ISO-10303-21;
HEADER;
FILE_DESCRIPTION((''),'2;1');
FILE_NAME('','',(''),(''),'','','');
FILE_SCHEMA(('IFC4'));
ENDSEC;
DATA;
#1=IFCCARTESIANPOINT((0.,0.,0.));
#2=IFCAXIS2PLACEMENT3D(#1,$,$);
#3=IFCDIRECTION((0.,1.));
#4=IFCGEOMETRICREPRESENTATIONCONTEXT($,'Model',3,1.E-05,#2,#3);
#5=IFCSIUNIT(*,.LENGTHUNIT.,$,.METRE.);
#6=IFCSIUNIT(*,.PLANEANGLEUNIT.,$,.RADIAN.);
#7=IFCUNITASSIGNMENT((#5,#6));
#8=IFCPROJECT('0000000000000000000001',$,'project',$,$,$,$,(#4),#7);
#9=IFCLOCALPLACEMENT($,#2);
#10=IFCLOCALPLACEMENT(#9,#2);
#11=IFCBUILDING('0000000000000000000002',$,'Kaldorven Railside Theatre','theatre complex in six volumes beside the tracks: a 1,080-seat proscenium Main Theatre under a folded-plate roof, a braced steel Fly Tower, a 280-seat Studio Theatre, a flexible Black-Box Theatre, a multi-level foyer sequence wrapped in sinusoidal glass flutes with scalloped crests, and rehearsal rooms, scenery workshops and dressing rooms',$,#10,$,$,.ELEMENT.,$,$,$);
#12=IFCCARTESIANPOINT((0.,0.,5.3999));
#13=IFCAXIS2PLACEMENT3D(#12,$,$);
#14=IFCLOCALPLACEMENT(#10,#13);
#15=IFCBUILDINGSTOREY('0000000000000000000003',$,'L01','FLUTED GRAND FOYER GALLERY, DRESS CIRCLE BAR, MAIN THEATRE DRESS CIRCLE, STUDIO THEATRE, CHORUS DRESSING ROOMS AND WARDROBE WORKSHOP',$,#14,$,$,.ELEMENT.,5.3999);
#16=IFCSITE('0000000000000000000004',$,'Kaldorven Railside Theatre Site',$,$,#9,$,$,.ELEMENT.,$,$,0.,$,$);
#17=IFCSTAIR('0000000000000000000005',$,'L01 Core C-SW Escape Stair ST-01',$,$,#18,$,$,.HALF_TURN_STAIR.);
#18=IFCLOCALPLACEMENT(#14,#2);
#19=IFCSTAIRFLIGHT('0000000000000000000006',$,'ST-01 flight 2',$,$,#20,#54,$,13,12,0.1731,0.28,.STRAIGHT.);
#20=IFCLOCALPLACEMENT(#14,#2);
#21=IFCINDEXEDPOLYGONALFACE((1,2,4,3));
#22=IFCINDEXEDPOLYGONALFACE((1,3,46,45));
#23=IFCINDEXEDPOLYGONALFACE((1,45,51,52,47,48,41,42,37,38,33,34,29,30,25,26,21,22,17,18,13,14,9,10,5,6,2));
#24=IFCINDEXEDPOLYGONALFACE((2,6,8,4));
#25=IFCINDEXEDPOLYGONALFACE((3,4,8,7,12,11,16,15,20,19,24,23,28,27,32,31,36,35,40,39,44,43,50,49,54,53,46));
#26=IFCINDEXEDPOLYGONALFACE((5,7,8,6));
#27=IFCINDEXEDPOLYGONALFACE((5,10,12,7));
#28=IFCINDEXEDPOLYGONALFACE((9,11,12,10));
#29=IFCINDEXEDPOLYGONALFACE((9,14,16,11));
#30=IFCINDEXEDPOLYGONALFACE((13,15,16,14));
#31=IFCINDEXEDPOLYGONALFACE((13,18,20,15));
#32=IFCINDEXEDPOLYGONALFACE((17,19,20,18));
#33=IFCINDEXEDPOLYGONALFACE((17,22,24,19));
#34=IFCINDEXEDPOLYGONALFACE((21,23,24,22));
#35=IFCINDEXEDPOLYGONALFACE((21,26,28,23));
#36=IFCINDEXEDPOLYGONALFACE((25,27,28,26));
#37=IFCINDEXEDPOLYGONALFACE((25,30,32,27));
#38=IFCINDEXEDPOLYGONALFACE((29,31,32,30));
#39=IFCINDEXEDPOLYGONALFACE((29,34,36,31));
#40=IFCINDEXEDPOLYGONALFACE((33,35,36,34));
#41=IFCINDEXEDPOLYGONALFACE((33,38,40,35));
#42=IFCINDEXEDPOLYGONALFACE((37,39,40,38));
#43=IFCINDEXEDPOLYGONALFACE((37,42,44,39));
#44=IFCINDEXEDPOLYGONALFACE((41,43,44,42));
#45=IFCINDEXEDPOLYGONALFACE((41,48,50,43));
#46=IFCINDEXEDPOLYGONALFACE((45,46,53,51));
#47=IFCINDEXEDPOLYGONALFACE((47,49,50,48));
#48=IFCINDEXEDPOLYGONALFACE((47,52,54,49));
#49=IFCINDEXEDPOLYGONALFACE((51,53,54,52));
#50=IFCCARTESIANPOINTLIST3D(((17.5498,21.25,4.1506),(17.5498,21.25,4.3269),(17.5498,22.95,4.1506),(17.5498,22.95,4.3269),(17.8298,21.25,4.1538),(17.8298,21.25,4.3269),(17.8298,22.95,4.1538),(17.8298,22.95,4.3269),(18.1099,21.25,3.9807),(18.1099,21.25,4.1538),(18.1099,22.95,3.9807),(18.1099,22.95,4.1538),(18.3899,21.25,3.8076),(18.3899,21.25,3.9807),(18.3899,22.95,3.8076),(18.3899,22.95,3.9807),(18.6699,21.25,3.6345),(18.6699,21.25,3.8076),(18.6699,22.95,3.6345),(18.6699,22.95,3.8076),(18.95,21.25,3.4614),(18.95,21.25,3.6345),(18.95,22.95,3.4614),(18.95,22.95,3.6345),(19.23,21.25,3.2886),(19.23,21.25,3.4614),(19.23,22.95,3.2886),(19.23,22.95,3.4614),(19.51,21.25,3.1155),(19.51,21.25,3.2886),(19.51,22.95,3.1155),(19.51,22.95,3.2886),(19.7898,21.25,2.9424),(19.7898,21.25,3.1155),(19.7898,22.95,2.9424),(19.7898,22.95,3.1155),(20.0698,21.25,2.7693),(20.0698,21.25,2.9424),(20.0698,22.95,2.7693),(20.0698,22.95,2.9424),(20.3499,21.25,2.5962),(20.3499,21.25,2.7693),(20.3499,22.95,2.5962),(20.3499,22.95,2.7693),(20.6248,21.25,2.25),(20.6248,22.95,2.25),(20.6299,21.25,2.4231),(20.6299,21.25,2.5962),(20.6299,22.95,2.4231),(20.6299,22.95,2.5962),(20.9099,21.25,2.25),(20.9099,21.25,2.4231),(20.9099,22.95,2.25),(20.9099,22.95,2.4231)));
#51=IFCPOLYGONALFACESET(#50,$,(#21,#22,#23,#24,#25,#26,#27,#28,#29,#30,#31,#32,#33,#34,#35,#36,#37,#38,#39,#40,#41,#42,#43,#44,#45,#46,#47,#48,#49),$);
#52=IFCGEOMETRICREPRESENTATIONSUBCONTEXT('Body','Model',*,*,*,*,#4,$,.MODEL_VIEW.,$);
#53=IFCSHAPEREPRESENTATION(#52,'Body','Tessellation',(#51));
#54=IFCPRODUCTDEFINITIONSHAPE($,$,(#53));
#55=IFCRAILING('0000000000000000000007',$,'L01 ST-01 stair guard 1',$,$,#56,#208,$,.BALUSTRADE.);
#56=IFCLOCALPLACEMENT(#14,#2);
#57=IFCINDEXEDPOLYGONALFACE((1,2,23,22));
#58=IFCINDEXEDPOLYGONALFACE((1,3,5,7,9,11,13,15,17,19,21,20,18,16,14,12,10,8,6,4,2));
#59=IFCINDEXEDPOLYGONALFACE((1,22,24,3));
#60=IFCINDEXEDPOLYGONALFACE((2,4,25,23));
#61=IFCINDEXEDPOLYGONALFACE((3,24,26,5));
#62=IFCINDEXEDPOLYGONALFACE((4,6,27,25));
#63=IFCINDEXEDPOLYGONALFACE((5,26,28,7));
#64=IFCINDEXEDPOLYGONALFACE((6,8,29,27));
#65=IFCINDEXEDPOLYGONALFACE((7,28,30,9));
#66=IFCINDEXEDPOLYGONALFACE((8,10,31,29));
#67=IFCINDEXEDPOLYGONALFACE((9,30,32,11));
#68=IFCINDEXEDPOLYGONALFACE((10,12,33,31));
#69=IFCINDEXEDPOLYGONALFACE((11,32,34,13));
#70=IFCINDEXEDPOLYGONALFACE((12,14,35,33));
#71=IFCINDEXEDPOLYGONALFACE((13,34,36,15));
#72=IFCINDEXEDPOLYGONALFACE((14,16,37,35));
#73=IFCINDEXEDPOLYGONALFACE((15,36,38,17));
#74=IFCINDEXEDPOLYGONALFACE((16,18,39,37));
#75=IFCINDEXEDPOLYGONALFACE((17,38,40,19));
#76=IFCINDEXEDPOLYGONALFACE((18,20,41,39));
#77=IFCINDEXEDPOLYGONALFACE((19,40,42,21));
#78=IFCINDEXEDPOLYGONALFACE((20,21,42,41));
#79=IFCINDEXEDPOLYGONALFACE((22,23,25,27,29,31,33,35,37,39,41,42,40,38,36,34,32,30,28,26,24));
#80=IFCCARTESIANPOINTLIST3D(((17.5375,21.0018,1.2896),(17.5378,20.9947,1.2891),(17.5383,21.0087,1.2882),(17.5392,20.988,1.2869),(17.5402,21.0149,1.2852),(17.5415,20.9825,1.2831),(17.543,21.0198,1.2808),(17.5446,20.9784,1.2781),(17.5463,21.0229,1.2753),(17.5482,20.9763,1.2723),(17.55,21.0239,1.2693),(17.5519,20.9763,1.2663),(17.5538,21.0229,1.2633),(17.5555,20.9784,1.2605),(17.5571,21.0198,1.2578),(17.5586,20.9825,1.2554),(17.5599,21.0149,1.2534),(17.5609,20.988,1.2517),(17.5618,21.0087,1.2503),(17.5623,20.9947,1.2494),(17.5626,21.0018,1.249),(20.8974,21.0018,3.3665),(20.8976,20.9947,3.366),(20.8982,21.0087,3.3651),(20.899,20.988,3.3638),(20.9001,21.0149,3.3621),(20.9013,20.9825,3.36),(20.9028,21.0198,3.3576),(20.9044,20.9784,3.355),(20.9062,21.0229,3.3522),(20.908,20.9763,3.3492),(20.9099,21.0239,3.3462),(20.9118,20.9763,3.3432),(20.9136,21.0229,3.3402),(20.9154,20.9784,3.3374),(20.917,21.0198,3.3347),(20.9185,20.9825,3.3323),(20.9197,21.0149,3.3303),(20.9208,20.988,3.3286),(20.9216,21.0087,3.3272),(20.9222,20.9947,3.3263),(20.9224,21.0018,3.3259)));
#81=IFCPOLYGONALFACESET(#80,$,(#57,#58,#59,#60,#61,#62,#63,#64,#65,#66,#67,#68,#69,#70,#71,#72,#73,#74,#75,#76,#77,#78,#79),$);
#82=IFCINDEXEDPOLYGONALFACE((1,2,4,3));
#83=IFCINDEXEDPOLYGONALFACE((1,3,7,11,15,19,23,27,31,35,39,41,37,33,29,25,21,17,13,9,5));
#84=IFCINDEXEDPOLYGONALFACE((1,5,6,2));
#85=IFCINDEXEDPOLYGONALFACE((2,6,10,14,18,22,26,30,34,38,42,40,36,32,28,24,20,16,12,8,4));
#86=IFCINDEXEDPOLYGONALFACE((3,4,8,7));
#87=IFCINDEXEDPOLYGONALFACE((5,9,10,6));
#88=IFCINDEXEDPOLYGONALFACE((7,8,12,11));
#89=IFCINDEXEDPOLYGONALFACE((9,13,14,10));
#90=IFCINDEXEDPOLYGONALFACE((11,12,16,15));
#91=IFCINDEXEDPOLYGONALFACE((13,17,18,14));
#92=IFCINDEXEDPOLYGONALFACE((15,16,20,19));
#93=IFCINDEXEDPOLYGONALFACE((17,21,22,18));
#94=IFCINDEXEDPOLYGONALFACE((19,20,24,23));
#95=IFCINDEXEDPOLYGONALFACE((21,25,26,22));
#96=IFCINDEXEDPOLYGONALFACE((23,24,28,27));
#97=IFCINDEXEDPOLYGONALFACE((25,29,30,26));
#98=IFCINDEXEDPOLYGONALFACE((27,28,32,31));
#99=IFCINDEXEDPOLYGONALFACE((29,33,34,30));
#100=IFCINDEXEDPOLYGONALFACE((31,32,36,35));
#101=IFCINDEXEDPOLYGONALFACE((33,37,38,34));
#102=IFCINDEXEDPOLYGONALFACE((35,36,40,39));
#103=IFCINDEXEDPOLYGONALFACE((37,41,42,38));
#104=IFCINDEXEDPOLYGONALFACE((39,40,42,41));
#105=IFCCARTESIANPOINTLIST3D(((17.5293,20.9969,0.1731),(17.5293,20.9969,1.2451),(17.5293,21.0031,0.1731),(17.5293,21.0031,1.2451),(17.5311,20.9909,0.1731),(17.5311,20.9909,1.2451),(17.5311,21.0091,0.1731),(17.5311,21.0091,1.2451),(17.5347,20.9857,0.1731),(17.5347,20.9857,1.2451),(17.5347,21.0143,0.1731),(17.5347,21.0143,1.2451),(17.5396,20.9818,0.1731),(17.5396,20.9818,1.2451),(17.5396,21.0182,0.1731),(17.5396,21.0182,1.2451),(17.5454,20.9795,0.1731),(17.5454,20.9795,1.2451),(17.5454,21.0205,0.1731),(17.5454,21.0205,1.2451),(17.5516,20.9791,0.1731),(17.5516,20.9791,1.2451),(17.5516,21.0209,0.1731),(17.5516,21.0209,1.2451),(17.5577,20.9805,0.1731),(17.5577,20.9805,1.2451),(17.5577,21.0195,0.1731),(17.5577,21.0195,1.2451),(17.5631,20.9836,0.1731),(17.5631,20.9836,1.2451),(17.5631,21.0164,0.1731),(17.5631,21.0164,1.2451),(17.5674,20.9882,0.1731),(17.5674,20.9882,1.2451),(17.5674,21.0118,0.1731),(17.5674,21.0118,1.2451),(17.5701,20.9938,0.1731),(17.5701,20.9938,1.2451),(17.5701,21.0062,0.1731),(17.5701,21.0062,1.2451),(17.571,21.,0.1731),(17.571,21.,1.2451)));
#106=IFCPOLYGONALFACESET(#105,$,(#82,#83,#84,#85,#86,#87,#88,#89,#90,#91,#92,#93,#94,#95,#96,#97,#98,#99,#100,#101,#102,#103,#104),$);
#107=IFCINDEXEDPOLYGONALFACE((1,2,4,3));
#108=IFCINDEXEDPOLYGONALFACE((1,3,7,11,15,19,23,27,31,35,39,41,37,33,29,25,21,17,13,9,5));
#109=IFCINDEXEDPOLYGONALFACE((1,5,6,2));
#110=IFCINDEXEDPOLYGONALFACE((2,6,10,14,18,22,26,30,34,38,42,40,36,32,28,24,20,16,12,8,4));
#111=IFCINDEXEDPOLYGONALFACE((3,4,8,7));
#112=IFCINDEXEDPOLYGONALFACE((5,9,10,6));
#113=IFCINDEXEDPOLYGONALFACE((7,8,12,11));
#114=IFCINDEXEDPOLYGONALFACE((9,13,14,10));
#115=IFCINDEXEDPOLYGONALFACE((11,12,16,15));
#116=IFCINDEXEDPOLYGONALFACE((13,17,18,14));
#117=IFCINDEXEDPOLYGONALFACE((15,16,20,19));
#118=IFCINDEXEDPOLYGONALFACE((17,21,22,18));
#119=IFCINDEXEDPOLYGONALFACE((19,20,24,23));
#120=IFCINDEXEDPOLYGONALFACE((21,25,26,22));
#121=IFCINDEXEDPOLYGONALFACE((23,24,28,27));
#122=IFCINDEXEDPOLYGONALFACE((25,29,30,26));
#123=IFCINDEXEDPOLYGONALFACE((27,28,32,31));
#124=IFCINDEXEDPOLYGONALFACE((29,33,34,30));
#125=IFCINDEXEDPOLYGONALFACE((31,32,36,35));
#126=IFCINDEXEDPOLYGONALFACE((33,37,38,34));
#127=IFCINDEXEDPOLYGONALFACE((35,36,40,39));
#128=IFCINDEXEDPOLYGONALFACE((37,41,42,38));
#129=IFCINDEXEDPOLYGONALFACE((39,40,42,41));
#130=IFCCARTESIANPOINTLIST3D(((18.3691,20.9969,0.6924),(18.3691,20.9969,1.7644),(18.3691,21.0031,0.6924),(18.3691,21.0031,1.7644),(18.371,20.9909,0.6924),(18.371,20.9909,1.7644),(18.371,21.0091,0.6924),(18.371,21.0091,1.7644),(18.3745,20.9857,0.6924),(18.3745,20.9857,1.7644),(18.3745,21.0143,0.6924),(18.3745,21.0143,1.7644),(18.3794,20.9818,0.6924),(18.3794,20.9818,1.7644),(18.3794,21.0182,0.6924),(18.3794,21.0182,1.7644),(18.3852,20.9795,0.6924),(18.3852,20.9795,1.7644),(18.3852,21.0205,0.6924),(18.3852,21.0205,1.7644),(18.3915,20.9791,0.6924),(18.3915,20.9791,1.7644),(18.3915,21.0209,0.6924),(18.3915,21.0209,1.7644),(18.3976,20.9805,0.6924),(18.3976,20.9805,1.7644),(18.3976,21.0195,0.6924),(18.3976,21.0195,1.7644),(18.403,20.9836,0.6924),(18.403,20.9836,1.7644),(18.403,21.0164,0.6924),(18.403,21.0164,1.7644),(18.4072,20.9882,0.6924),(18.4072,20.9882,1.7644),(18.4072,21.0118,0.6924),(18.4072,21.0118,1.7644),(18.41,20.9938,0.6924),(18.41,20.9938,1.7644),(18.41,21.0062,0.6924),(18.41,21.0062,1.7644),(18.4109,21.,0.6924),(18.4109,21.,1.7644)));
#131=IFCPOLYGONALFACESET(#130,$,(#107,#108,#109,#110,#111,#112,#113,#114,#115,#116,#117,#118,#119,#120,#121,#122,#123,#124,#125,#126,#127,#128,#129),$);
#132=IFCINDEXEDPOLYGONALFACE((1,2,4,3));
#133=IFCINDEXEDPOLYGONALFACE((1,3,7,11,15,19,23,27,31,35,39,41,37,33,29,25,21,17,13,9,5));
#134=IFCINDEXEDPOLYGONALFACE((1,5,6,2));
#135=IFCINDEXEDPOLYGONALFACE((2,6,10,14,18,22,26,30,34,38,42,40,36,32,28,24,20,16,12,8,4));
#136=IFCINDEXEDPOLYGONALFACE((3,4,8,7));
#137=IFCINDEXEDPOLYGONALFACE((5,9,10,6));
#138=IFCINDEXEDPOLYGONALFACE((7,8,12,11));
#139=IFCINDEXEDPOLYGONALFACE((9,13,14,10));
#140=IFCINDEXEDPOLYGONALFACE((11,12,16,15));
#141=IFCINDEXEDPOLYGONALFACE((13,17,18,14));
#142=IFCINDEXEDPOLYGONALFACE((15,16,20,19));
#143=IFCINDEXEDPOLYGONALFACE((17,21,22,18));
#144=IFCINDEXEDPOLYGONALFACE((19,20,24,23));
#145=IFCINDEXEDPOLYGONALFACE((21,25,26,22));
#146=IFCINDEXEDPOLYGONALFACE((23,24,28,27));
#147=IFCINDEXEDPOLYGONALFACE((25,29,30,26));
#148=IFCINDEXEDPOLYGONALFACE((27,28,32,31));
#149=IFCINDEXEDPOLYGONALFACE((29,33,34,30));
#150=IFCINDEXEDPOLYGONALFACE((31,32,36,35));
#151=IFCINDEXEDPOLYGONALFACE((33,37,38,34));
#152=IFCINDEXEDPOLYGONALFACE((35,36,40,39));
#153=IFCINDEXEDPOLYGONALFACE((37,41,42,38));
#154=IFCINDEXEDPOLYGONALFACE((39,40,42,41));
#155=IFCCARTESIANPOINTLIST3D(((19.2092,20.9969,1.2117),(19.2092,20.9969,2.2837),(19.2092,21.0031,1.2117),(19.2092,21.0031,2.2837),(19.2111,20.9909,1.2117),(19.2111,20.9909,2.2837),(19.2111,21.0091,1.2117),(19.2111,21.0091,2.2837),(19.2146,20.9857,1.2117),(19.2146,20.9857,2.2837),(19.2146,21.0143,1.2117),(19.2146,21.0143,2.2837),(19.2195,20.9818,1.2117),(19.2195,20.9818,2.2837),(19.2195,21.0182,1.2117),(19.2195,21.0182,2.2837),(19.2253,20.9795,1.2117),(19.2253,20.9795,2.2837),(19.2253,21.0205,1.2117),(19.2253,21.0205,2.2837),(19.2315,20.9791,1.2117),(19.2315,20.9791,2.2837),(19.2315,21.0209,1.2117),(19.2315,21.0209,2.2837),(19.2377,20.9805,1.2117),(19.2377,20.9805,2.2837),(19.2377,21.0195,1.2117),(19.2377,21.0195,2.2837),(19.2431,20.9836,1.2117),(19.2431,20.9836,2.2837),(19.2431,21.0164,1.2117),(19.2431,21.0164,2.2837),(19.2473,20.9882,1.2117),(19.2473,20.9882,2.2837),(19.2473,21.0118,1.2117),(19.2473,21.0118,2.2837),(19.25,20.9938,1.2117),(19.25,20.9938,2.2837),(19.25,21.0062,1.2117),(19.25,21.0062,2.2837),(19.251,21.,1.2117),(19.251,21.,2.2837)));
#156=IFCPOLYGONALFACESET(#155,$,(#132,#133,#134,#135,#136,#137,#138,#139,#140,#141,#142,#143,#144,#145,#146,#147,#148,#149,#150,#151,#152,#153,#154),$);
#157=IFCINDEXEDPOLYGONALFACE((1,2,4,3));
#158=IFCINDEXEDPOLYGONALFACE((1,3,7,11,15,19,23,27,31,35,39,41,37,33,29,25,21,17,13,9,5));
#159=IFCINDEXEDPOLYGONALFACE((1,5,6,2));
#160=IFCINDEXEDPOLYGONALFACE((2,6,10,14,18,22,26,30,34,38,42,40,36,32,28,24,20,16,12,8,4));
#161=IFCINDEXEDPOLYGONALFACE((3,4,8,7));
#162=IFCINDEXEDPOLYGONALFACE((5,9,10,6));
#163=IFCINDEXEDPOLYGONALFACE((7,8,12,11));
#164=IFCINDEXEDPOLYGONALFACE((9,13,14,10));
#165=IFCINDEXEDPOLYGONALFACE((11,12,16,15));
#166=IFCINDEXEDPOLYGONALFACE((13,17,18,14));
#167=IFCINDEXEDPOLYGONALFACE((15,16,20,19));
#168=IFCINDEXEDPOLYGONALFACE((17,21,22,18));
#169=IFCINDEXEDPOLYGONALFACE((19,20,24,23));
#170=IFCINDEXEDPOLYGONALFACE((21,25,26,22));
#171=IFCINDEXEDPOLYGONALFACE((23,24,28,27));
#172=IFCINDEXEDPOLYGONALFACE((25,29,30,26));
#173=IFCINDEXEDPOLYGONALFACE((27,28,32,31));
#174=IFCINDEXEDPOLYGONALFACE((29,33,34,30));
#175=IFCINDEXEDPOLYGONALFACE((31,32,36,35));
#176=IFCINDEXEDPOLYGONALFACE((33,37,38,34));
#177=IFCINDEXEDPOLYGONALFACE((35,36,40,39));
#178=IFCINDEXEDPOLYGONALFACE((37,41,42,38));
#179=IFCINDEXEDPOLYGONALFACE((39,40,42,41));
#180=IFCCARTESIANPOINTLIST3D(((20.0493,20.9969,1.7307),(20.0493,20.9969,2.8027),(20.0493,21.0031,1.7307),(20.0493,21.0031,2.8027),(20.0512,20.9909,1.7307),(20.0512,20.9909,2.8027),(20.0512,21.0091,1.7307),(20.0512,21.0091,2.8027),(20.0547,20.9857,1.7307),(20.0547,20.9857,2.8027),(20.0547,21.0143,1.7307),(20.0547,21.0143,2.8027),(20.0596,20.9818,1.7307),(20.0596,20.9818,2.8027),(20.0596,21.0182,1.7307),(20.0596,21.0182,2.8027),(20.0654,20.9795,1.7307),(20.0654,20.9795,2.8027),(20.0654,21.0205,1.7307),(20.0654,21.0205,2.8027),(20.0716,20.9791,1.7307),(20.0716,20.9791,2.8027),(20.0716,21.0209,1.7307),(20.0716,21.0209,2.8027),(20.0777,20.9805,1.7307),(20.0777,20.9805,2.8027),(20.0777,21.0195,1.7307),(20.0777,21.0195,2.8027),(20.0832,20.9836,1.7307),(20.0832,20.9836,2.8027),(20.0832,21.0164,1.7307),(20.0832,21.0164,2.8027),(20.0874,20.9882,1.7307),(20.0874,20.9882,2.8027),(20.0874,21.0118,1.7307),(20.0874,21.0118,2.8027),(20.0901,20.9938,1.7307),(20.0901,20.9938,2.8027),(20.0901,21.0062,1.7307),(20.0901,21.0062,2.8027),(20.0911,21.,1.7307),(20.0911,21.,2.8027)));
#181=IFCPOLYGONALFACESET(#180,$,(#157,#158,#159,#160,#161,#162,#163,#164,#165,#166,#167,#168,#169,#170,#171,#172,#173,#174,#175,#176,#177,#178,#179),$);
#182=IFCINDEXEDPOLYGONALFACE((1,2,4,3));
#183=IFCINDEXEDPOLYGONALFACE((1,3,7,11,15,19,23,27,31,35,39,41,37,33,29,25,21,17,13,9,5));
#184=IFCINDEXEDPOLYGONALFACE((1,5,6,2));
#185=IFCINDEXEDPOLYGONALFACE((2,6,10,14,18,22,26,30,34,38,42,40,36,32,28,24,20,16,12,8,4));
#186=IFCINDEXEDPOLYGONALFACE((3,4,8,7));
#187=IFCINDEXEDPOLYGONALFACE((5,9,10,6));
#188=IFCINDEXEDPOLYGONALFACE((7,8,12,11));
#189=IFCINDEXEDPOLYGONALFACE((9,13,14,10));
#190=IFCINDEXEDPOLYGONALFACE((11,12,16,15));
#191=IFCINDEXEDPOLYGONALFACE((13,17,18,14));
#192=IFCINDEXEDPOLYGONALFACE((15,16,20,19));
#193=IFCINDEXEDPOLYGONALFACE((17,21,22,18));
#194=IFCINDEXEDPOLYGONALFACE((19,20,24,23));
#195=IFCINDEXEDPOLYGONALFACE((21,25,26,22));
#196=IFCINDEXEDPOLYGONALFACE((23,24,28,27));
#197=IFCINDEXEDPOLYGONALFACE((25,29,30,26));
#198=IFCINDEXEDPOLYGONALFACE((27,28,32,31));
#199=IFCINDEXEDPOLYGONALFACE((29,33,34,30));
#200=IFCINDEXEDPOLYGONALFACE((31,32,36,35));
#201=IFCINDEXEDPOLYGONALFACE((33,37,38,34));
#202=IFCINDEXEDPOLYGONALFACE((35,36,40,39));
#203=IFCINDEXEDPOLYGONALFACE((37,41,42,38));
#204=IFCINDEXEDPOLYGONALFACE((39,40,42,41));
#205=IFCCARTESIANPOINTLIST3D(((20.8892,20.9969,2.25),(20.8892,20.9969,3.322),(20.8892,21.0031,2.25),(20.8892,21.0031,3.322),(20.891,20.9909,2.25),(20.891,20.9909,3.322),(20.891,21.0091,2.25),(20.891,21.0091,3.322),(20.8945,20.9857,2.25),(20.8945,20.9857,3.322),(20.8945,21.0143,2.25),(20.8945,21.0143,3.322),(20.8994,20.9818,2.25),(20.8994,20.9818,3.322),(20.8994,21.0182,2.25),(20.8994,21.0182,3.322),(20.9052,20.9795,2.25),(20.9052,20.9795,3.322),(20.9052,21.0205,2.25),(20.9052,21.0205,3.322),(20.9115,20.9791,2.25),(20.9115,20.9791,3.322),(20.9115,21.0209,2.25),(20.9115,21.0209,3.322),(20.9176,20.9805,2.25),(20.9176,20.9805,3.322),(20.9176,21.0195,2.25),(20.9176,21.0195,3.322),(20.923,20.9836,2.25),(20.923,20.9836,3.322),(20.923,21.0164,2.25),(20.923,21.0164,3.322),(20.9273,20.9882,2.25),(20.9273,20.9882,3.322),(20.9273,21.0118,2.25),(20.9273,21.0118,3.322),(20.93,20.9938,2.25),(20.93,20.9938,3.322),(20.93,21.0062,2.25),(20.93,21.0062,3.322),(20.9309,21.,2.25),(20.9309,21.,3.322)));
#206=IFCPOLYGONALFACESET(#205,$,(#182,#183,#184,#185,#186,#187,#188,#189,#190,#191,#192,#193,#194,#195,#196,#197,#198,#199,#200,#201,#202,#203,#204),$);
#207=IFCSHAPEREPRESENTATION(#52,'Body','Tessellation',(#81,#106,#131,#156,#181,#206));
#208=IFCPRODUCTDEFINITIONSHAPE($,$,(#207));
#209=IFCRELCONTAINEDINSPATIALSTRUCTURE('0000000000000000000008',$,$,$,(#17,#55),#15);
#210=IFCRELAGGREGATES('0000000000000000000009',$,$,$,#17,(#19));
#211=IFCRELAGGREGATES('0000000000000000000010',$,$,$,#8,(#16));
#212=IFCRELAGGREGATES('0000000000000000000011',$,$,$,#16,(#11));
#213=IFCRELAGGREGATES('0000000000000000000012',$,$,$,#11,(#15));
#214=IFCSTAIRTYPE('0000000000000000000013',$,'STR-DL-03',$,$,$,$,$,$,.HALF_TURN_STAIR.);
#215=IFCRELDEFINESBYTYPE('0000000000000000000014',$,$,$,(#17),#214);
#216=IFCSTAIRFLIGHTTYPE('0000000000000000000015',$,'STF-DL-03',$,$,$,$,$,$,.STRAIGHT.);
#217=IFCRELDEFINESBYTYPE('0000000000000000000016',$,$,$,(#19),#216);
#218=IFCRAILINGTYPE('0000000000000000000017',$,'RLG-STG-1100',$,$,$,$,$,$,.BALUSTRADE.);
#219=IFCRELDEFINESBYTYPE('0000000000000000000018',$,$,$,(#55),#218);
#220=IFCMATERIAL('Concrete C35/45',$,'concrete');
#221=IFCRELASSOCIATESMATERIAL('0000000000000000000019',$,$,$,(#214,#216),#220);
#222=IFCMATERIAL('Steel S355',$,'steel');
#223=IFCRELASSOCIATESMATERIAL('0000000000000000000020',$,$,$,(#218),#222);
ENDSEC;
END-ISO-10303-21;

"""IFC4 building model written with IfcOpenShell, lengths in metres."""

from ifc_helpers import new_model, si_unit, direction, frame, origin, origin_2d, place, context, subcontext, project, spatial, polyline, circle, outline, extrude, material, type_object, element, aggregate, save


model = new_model("IFC4")

# Units and contexts
model_context = context("Model", 3, precision=1e-05, world=origin(), true_north=direction((0.0, 1.0)))
body_context = subcontext(model_context, "Body", "Model", "MODEL_VIEW")
ifc_project = project(units=[si_unit("LENGTHUNIT", "METRE"), si_unit("PLANEANGLEUNIT", "RADIAN")], contexts=[model_context])

# Site, building, storey
site_placement = place(None, origin())
site = spatial("IfcSite", under=ifc_project, at=site_placement, Name="Kaldorven Railside Theatre Site", CompositionType="ELEMENT", RefElevation=0.0)
building_placement = place(site_placement, origin())
building = spatial("IfcBuilding", under=site, at=building_placement, Name="Kaldorven Railside Theatre", Description="theatre complex in six volumes beside the tracks: a 1,080-seat proscenium Main Theatre under a folded-plate roof, a braced steel Fly Tower, a 280-seat Studio Theatre, a flexible Black-Box Theatre, a multi-level foyer sequence wrapped in sinusoidal glass flutes with scalloped crests, and rehearsal rooms, scenery workshops and dressing rooms", CompositionType="ELEMENT")
storey_placement = place(building_placement, frame((0.0, 0.0, 5.3999)))
storey = spatial("IfcBuildingStorey", under=building, at=storey_placement, Name="L01", Description="FLUTED GRAND FOYER GALLERY, DRESS CIRCLE BAR, MAIN THEATRE DRESS CIRCLE, STUDIO THEATRE, CHORUS DRESSING ROOMS AND WARDROBE WORKSHOP", CompositionType="ELEMENT", Elevation=5.3999)

# Shared definitions
ifc_material_1 = material(Name="Steel S355", Category="steel")

# Stair, stair flight
ifc_material_2 = material(Name="Concrete C35/45", Category="concrete")
stair_type = type_object("IfcStairType", Name="STR-DL-03", PredefinedType="HALF_TURN_STAIR", material=ifc_material_2)
stair_placement = place(storey_placement, origin())
stair = element("IfcStair", 1, at=stair_placement, inside=storey, type_object=stair_type, Name="L01 Core C-SW Escape Stair ST-01", PredefinedType="HALF_TURN_STAIR")
stair_flight_type = type_object("IfcStairFlightType", Name="STF-DL-03", PredefinedType="STRAIGHT", material=ifc_material_2)
stair_flight_1_placement = place(storey_placement, frame((20.9099, 22.1001, 2.25), z_axis=(0.0, 0.0, 1.0), x_axis=(-1.0, 0.0, 0.0)))
stair_flight_1 = element("IfcStairFlight", 2, at=stair_flight_1_placement, type_object=stair_flight_type, Name="ST-01 flight 2", NumberOfRisers=13, NumberOfTreads=12, PredefinedType="STRAIGHT", RiserHeight=0.1731, TreadLength=0.28, context=body_context, shape_type="SweptSolid", body=[
    extrude(outline(polyline([(0.0, 0.0), (0.0, 0.1731), (0.28, 0.1731), (0.28, 0.3462), (0.5601, 0.3462), (0.5601, 0.5193), (0.8401, 0.5193), (0.8401, 0.6924), (1.1201, 0.6924), (1.1201, 0.8655), (1.3999, 0.8655), (1.3999, 1.0386), (1.6799, 1.0386), (1.6799, 1.2114), (1.96, 1.2114), (1.96, 1.3845), (2.24, 1.3845), (2.24, 1.5576), (2.52, 1.5576), (2.52, 1.7307), (2.8, 1.7307), (2.8, 1.9038), (3.0801, 1.9038), (3.0801, 2.0769), (3.3601, 2.0769), (3.3601, 2.25), (3.3601, 1.9006), (0.2852, 0.0), (0.0, 0.0)])), frame((0.0, 0.8501, 0.0), z_axis=(0.0, -1.0, 0.0), x_axis=(1.0, 0.0, 0.0)), (0.0, 0.0, 1.0), 1.7),
])
aggregate(stair, [stair_flight_1])

# Railing
railing_type_1 = type_object("IfcRailingType", Name="RLG-STG-1100", PredefinedType="BALUSTRADE", material=ifc_material_1)
railing_1_placement = place(storey_placement, frame((17.55, 21.0, 0.1731)))
element("IfcRailing", 3, at=railing_1_placement, inside=storey, type_object=railing_type_1, Name="L01 ST-01 stair guard 1", PredefinedType="BALUSTRADE", context=body_context, shape_type="SweptSolid", body=[
    extrude(circle(Radius=0.0239, at=origin_2d()), frame((0.0, 0.0, 1.0962), z_axis=(0.850606, 0.0, 0.525803), x_axis=(0.0, 1.0, 0.0)), (0.0, 0.0, 1.0), 3.95),
    extrude(circle(Radius=0.021, at=origin_2d()), origin(), (0.0, 0.0, 1.0), 1.072),
    extrude(circle(Radius=0.021, at=origin_2d()), frame((0.8398, 0.0, 0.5193)), (0.0, 0.0, 1.0), 1.072),
    extrude(circle(Radius=0.021, at=origin_2d()), frame((1.6799, 0.0, 1.0386)), (0.0, 0.0, 1.0), 1.072),
    extrude(circle(Radius=0.021, at=origin_2d()), frame((2.52, 0.0, 1.5576)), (0.0, 0.0, 1.0), 1.072),
    extrude(circle(Radius=0.021, at=origin_2d()), frame((3.3599, 0.0, 2.0769)), (0.0, 0.0, 1.0), 1.072),
])

save(model, "model.ifc")
